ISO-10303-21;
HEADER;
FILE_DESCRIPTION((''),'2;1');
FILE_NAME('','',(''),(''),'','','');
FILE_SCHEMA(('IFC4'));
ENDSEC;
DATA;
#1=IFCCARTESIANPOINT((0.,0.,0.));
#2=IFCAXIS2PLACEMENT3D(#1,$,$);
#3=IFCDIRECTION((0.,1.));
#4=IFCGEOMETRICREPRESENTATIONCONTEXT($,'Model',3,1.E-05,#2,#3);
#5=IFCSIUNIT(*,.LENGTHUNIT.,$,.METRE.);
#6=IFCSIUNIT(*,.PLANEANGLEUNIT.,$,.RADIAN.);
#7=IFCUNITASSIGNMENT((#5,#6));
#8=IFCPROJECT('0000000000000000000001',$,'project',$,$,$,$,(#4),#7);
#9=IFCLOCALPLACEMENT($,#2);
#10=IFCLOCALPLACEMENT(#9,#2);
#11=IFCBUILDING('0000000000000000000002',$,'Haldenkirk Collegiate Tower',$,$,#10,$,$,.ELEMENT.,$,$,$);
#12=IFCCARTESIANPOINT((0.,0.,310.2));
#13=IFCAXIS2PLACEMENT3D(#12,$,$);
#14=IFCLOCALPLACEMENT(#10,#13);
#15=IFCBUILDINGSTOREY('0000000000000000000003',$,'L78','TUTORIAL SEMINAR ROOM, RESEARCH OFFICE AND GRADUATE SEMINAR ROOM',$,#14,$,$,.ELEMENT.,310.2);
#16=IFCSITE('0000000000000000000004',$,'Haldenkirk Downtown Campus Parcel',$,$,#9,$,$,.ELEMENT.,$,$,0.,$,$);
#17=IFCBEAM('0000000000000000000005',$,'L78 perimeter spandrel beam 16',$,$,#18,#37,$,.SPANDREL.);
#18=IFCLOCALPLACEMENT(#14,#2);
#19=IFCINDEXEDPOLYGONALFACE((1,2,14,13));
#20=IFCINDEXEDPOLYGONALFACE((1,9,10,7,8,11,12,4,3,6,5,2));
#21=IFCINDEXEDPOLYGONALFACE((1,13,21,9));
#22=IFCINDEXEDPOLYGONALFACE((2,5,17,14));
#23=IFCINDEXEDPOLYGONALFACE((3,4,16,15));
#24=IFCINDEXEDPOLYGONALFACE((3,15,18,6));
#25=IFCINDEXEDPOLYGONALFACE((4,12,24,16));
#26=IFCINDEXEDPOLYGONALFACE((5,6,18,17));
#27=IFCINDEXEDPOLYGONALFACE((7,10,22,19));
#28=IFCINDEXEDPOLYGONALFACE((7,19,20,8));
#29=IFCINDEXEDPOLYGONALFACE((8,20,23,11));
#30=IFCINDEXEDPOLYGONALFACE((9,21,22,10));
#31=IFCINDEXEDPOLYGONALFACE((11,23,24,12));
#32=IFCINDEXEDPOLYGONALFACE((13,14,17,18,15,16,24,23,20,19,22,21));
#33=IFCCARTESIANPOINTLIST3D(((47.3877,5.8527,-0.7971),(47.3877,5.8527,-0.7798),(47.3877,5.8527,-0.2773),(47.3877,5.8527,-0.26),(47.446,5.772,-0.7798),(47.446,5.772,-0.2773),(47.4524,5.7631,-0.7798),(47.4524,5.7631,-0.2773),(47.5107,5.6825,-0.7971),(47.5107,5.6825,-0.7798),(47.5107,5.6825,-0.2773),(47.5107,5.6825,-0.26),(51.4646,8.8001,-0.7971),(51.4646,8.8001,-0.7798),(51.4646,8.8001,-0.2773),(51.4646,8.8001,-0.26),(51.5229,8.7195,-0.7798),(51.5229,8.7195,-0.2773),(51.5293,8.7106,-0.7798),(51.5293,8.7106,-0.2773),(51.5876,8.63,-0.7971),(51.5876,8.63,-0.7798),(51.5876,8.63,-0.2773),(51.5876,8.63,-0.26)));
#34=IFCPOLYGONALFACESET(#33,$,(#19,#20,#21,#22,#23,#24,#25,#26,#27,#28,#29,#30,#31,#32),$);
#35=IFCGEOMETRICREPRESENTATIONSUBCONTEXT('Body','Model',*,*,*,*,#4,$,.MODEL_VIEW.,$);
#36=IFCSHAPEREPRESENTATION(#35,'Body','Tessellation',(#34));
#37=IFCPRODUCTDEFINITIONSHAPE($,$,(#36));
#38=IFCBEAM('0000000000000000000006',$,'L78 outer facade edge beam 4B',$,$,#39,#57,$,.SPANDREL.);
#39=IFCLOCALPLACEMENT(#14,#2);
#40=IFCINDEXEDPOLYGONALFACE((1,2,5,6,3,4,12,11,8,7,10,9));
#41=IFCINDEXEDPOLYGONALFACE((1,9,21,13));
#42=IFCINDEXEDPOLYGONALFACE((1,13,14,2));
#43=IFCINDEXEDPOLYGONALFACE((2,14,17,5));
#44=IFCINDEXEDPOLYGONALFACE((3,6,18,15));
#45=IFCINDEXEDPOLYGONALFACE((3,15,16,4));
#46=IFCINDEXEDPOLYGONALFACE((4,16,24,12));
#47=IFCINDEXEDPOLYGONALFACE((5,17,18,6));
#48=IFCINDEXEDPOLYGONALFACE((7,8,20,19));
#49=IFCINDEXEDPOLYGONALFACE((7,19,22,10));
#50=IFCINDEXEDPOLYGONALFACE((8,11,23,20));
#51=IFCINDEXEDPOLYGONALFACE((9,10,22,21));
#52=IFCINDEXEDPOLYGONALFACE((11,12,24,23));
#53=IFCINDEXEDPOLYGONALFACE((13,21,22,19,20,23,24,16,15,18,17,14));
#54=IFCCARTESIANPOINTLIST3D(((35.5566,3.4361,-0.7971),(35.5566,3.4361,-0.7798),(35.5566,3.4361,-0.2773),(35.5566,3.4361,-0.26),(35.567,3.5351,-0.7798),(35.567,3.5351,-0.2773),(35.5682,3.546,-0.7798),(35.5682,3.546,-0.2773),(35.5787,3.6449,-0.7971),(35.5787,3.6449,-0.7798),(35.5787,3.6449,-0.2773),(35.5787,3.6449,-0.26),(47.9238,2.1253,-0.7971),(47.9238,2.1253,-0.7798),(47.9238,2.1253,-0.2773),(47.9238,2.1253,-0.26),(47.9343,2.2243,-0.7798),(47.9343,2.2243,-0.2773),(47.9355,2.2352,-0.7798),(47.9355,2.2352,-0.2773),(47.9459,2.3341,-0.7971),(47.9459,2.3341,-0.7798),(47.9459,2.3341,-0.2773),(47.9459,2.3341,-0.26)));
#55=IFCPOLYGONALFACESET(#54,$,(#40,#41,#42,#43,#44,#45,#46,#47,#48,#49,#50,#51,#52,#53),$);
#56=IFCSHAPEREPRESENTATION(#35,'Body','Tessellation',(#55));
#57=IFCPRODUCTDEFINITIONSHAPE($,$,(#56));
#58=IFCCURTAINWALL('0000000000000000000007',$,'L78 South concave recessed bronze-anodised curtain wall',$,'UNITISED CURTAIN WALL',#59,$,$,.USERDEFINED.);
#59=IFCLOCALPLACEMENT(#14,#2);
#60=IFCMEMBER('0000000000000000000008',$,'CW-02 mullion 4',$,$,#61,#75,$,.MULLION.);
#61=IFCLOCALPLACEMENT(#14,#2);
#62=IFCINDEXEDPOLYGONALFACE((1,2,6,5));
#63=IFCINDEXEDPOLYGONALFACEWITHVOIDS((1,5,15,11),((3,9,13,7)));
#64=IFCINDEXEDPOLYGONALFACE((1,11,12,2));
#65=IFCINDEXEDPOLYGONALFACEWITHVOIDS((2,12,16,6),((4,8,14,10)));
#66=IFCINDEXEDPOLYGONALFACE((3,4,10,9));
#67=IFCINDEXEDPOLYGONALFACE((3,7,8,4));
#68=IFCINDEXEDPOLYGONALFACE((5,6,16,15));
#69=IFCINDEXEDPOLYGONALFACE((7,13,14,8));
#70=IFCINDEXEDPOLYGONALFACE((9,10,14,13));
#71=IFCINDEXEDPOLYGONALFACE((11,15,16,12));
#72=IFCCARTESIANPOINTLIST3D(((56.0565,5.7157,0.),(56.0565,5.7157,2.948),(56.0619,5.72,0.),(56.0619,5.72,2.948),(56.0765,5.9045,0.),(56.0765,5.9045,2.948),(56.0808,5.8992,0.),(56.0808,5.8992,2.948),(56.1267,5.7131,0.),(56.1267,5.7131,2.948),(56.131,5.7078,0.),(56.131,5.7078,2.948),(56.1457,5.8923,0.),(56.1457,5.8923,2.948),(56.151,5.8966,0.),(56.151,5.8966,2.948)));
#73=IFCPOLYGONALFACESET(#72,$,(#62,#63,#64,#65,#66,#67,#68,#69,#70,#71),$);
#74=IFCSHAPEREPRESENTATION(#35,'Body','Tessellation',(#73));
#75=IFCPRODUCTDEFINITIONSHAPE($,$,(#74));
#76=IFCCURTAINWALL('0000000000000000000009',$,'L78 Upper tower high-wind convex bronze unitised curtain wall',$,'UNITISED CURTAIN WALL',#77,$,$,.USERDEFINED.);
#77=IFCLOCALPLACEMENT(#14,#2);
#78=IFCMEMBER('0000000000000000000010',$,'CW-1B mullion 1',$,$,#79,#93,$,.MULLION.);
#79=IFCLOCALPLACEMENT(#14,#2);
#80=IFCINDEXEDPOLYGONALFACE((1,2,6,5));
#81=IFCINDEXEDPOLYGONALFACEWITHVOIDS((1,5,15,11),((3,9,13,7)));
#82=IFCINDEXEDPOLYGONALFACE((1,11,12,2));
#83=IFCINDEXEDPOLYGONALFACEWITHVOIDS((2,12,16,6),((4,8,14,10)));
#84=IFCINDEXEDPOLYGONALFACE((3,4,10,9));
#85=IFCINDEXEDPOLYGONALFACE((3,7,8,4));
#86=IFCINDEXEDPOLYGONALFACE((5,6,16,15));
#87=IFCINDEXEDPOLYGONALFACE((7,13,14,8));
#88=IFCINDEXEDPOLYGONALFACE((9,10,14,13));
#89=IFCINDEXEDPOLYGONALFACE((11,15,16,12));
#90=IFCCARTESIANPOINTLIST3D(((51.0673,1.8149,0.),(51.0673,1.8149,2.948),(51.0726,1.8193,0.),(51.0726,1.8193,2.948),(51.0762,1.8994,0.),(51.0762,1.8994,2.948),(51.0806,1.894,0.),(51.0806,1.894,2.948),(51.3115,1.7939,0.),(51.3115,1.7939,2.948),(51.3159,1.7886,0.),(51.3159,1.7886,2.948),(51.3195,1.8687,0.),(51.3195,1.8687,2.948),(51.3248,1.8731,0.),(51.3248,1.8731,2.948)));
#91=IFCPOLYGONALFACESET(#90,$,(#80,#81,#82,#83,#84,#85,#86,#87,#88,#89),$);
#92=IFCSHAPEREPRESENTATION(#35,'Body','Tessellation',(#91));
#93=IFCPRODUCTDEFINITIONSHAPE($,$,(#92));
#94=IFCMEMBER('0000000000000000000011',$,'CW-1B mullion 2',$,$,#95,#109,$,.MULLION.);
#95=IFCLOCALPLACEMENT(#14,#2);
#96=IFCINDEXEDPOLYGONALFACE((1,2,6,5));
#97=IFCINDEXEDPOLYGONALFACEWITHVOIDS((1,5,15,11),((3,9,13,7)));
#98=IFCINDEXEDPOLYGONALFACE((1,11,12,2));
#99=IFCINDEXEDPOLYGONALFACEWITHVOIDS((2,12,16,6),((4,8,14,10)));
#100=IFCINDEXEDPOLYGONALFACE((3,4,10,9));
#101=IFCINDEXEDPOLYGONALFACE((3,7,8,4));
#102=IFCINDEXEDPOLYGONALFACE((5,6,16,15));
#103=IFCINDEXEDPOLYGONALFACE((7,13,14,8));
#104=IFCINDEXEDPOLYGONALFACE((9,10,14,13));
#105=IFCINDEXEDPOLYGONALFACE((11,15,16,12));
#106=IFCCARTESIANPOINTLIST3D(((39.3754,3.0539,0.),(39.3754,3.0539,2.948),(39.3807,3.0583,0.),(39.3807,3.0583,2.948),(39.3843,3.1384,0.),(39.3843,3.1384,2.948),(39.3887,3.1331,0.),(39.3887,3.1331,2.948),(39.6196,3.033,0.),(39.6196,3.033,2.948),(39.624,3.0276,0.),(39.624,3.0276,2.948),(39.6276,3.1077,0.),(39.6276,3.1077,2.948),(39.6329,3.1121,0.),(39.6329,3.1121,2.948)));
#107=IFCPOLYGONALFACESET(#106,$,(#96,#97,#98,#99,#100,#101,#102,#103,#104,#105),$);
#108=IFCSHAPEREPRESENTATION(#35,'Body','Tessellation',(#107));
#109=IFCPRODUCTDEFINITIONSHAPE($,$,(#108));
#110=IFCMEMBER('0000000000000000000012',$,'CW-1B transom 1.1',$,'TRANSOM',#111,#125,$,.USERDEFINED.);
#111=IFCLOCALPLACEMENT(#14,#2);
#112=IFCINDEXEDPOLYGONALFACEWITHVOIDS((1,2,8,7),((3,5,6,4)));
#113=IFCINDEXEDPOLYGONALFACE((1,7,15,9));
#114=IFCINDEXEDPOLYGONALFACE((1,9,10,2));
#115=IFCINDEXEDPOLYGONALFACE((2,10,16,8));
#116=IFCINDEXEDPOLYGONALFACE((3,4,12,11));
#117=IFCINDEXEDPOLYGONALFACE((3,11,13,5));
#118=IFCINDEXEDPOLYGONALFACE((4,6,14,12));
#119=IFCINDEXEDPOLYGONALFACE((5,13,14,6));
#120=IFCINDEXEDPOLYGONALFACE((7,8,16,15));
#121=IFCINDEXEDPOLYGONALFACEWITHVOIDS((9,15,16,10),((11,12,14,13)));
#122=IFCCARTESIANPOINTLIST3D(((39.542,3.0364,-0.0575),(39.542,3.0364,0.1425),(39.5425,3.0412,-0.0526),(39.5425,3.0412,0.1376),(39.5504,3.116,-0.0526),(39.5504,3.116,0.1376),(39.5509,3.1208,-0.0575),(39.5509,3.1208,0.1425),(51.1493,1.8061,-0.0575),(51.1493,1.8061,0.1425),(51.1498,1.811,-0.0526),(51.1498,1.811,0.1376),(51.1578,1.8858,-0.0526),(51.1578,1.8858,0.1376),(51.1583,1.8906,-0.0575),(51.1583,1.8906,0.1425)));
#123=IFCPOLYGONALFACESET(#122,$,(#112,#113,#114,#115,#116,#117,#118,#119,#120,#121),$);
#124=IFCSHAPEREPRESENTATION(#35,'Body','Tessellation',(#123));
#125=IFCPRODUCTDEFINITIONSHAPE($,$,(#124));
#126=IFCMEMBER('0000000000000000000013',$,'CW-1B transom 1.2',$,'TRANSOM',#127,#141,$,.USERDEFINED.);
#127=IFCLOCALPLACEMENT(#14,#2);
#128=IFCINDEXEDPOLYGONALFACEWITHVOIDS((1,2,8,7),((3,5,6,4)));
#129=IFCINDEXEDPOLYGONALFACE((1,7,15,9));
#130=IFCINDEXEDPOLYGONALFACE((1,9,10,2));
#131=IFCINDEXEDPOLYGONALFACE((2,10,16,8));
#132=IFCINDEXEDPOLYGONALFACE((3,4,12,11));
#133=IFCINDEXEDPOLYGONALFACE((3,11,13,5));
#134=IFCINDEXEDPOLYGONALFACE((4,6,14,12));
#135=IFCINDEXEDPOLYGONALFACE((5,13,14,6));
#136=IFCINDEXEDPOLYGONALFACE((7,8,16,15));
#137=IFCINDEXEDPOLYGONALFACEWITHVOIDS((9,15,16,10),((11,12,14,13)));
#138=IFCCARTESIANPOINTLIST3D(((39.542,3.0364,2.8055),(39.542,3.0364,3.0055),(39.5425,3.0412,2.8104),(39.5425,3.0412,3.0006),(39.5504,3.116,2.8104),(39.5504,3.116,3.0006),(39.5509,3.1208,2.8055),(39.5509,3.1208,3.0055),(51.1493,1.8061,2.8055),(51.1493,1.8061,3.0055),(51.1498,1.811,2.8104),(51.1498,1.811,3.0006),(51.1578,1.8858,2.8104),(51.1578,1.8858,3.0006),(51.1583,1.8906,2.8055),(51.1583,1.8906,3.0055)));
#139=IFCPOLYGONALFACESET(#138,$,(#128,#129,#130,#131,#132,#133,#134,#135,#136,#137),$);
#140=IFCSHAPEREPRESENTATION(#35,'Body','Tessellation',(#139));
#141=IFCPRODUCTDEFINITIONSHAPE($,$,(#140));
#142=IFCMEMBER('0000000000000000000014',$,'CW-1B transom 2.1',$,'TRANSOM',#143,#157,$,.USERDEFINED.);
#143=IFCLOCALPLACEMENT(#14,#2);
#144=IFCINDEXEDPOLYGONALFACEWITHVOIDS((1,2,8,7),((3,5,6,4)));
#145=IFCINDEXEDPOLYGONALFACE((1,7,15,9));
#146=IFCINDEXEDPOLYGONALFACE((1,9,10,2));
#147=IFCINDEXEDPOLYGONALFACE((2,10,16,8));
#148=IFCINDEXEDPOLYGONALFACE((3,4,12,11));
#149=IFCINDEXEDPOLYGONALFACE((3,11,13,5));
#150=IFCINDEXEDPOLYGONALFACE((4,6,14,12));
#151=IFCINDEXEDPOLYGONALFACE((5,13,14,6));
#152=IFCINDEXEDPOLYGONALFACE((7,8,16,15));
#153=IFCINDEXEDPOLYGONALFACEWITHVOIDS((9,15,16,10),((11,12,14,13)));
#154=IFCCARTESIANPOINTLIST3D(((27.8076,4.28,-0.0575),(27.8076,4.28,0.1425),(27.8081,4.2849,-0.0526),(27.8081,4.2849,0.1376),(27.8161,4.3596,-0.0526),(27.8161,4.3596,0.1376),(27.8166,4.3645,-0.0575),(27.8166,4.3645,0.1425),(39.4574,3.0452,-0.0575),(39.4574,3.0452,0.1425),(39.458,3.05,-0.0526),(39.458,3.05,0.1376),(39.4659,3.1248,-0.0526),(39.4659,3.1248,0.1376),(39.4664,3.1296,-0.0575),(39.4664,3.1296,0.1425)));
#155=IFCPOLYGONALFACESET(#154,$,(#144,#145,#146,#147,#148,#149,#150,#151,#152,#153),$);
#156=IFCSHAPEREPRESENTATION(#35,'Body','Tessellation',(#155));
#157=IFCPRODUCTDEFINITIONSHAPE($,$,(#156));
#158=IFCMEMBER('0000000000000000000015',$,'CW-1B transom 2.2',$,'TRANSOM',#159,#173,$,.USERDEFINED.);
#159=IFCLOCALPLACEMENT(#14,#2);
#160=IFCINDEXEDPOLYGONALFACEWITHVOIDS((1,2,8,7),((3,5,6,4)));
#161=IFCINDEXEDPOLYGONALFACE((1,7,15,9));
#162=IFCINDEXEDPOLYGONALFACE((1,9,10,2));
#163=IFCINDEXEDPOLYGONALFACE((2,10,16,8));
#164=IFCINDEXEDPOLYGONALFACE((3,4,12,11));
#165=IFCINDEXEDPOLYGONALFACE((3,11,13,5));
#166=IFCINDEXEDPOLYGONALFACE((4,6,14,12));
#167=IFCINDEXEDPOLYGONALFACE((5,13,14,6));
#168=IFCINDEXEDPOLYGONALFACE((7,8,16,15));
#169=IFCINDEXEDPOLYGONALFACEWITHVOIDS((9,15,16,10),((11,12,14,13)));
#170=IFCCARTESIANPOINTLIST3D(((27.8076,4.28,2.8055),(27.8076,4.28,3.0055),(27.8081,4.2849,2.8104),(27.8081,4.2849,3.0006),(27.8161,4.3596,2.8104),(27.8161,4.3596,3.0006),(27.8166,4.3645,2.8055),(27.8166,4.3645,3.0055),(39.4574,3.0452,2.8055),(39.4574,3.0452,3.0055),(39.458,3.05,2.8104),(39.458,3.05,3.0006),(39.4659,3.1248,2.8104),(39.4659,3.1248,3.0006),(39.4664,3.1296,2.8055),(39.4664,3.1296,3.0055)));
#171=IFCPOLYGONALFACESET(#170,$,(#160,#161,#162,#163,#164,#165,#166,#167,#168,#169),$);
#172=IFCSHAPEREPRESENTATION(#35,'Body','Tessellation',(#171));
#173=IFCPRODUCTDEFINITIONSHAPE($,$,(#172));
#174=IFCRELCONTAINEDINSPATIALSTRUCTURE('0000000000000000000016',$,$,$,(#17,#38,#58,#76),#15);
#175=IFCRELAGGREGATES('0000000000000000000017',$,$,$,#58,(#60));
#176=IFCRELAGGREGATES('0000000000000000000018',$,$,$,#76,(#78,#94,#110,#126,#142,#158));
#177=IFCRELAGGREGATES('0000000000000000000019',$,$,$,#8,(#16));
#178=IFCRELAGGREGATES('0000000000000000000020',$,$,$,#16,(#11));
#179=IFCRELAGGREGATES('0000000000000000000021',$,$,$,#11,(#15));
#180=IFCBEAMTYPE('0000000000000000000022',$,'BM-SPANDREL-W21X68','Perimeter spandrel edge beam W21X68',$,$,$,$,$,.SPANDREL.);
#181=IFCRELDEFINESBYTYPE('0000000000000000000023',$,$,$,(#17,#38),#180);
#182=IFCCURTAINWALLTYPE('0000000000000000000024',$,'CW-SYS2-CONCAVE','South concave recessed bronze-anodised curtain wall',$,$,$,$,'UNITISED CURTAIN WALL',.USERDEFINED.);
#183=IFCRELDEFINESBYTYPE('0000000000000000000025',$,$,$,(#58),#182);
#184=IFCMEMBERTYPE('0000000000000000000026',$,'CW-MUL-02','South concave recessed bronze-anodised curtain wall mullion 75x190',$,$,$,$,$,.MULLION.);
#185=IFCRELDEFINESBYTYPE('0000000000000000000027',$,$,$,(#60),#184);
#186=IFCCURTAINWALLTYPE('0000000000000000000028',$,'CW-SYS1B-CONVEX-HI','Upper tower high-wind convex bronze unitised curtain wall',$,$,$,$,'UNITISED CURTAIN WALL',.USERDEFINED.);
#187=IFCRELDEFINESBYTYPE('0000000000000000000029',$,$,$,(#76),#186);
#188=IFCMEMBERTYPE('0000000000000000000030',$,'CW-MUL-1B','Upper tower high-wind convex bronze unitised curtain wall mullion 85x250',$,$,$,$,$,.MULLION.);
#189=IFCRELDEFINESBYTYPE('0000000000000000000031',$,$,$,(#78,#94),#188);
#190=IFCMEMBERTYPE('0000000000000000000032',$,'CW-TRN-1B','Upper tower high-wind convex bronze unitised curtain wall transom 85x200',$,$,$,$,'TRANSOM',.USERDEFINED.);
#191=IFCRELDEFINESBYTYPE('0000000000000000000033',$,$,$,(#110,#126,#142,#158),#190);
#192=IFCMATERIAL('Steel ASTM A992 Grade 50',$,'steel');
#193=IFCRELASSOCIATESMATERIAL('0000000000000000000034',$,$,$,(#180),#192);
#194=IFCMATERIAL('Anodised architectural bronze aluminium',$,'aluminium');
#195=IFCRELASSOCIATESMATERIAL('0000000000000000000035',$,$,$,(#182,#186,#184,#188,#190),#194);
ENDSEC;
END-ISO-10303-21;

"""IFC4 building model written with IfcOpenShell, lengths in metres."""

from ifc_helpers import new_model, si_unit, direction, frame, origin, origin_2d, place, context, subcontext, project, spatial, hollow_rectangle, i_section, extrude, material, material_profile, profile_set, type_object, element, aggregate, save


model = new_model("IFC4")

# Units and contexts
model_context = context("Model", 3, precision=1e-05, world=origin(), true_north=direction((0.0, 1.0)))
body_context = subcontext(model_context, "Body", "Model", "MODEL_VIEW")
ifc_project = project(units=[si_unit("LENGTHUNIT", "METRE"), si_unit("PLANEANGLEUNIT", "RADIAN")], contexts=[model_context])

# Site, building, storey
site_placement = place(None, origin())
site = spatial("IfcSite", under=ifc_project, at=site_placement, Name="Haldenkirk Downtown Campus Parcel", CompositionType="ELEMENT", RefElevation=0.0)
building_placement = place(site_placement, origin())
building = spatial("IfcBuilding", under=site, at=building_placement, Name="Haldenkirk Collegiate Tower", CompositionType="ELEMENT")
storey_placement = place(building_placement, frame((0.0, 0.0, 310.2)))
storey = spatial("IfcBuildingStorey", under=building, at=storey_placement, Name="L78", Description="TUTORIAL SEMINAR ROOM, RESEARCH OFFICE AND GRADUATE SEMINAR ROOM", CompositionType="ELEMENT", Elevation=310.2)

# Beams
ifc_material_1 = material(Name="Steel ASTM A992 Grade 50", Category="steel")
ifc_material_profile_1 = material_profile(ifc_material_1, i_section(OverallWidth=0.21, OverallDepth=0.5371, WebThickness=0.011, FlangeThickness=0.0173, at=origin_2d()), Name="W21X68")
ifc_profile_set_1 = profile_set([ifc_material_profile_1], Name="Steel ASTM A992 Grade 50")
beam_type_1 = type_object("IfcBeamType", Name="BM-SPANDREL-W21X68", Description="Perimeter spandrel edge beam W21X68", PredefinedType="SPANDREL", material=ifc_profile_set_1)
beam_1_placement = place(storey_placement, frame((47.4492, 5.7676, -0.5286), z_axis=(0.810389, 0.585893, 0.0), x_axis=(-0.585893, 0.810389, 0.0)))
element("IfcBeam", 1, at=beam_1_placement, inside=storey, type_object=beam_type_1, Name="L78 perimeter spandrel beam 16", PredefinedType="SPANDREL", context=body_context, shape_type="SweptSolid", body=[
    extrude(i_section(OverallWidth=0.21, OverallDepth=0.5371, WebThickness=0.011, FlangeThickness=0.0173, at=origin_2d()), origin(), (0.0, 0.0, 1.0), 5.0308),
])
beam_2_placement = place(storey_placement, frame((35.5676, 3.5405, -0.5286), z_axis=(0.99443, -0.105399, 0.0), x_axis=(0.105399, 0.99443, 0.0)))
element("IfcBeam", 2, at=beam_2_placement, inside=storey, type_object=beam_type_1, Name="L78 outer facade edge beam 4B", PredefinedType="SPANDREL", context=body_context, shape_type="SweptSolid", body=[
    extrude(i_section(OverallWidth=0.21, OverallDepth=0.5371, WebThickness=0.011, FlangeThickness=0.0173, at=origin_2d()), origin(), (0.0, 0.0, 1.0), 12.4365),
])

# Curtain wall, member
ifc_material_2 = material(Name="Anodised architectural bronze aluminium", Category="aluminium")
curtain_wall_type_1 = type_object("IfcCurtainWallType", Name="CW-SYS2-CONCAVE", Description="South concave recessed bronze-anodised curtain wall", ElementType="UNITISED CURTAIN WALL", PredefinedType="USERDEFINED", material=ifc_material_2)
curtain_wall_1_placement = place(storey_placement, origin())
curtain_wall_1 = element("IfcCurtainWall", 3, at=curtain_wall_1_placement, inside=storey, type_object=curtain_wall_type_1, Name="L78 South concave recessed bronze-anodised curtain wall", ObjectType="UNITISED CURTAIN WALL", PredefinedType="USERDEFINED")
ifc_material_profile_2 = material_profile(ifc_material_2, hollow_rectangle(XDim=0.075, YDim=0.1899, WallThickness=0.0049, at=origin_2d()), Name="CW-MUL-02")
ifc_profile_set_2 = profile_set([ifc_material_profile_2], Name="Anodised architectural bronze aluminium")
member_type_1 = type_object("IfcMemberType", Name="CW-MUL-02", Description="South concave recessed bronze-anodised curtain wall mullion 75x190", PredefinedType="MULLION", material=ifc_profile_set_2)
member_1_placement = place(storey_placement, frame((56.1038, 5.8062, 0.0), z_axis=(0.0, 0.0, 1.0), x_axis=(0.99443, -0.105394, 0.0)))
member_1 = element("IfcMember", 4, at=member_1_placement, type_object=member_type_1, Name="CW-02 mullion 4", PredefinedType="MULLION", context=body_context, shape_type="SweptSolid", body=[
    extrude(hollow_rectangle(XDim=0.075, YDim=0.1899, WallThickness=0.0049, at=origin_2d()), origin(), (0.0, 0.0, 1.0), 2.948),
])
aggregate(curtain_wall_1, [member_1])

# Curtain wall, members
curtain_wall_type_2 = type_object("IfcCurtainWallType", Name="CW-SYS1B-CONVEX-HI", Description="Upper tower high-wind convex bronze unitised curtain wall", ElementType="UNITISED CURTAIN WALL", PredefinedType="USERDEFINED", material=ifc_material_2)
curtain_wall_2_placement = place(storey_placement, origin())
curtain_wall_2 = element("IfcCurtainWall", 5, at=curtain_wall_2_placement, inside=storey, type_object=curtain_wall_type_2, Name="L78 Upper tower high-wind convex bronze unitised curtain wall", ObjectType="UNITISED CURTAIN WALL", PredefinedType="USERDEFINED")
ifc_material_profile_3 = material_profile(ifc_material_2, hollow_rectangle(XDim=0.085, YDim=0.25, WallThickness=0.0049, at=origin_2d()), Name="CW-MUL-1B")
ifc_profile_set_3 = profile_set([ifc_material_profile_3], Name="Anodised architectural bronze aluminium")
member_type_2 = type_object("IfcMemberType", Name="CW-MUL-1B", Description="Upper tower high-wind convex bronze unitised curtain wall mullion 85x250", PredefinedType="MULLION", material=ifc_profile_set_3)
member_2_placement = place(storey_placement, frame((51.196, 1.844, 0.0), z_axis=(0.0, 0.0, 1.0), x_axis=(-0.105393, -0.994431, 0.0)))
member_2 = element("IfcMember", 6, at=member_2_placement, type_object=member_type_2, Name="CW-1B mullion 1", PredefinedType="MULLION", context=body_context, shape_type="SweptSolid", body=[
    extrude(hollow_rectangle(XDim=0.085, YDim=0.25, WallThickness=0.0049, at=origin_2d()), origin(), (0.0, 0.0, 1.0), 2.948),
])
member_3_placement = place(storey_placement, frame((39.5042, 3.083, 0.0), z_axis=(0.0, 0.0, 1.0), x_axis=(-0.105393, -0.994431, 0.0)))
member_3 = element("IfcMember", 7, at=member_3_placement, type_object=member_type_2, Name="CW-1B mullion 2", PredefinedType="MULLION", context=body_context, shape_type="SweptSolid", body=[
    extrude(hollow_rectangle(XDim=0.085, YDim=0.25, WallThickness=0.0049, at=origin_2d()), origin(), (0.0, 0.0, 1.0), 2.948),
])
ifc_material_profile_4 = material_profile(ifc_material_2, hollow_rectangle(XDim=0.085, YDim=0.2, WallThickness=0.0049, at=origin_2d()), Name="CW-TRN-1B")
ifc_profile_set_4 = profile_set([ifc_material_profile_4], Name="Anodised architectural bronze aluminium")
member_type_3 = type_object("IfcMemberType", Name="CW-TRN-1B", Description="Upper tower high-wind convex bronze unitised curtain wall transom 85x200", ElementType="TRANSOM", PredefinedType="USERDEFINED", material=ifc_profile_set_4)
member_4_placement = place(storey_placement, frame((51.1538, 1.8484, 0.0425), z_axis=(-0.99443, 0.105396, 0.0), x_axis=(-0.105396, -0.99443, 0.0)))
member_4 = element("IfcMember", 8, at=member_4_placement, type_object=member_type_3, Name="CW-1B transom 1.1", ObjectType="TRANSOM", PredefinedType="USERDEFINED", context=body_context, shape_type="SweptSolid", body=[
    extrude(hollow_rectangle(XDim=0.085, YDim=0.2, WallThickness=0.0049, at=origin_2d()), origin(), (0.0, 0.0, 1.0), 11.6724),
])
member_5_placement = place(storey_placement, frame((51.1538, 1.8484, 2.9055), z_axis=(-0.99443, 0.105396, 0.0), x_axis=(-0.105396, -0.99443, 0.0)))
member_5 = element("IfcMember", 9, at=member_5_placement, type_object=member_type_3, Name="CW-1B transom 1.2", ObjectType="TRANSOM", PredefinedType="USERDEFINED", context=body_context, shape_type="SweptSolid", body=[
    extrude(hollow_rectangle(XDim=0.085, YDim=0.2, WallThickness=0.0049, at=origin_2d()), origin(), (0.0, 0.0, 1.0), 11.6724),
])
member_6_placement = place(storey_placement, frame((39.4619, 3.0874, 0.0425), z_axis=(-0.994429, 0.105407, 0.0), x_axis=(-0.105407, -0.994429, 0.0)))
member_6 = element("IfcMember", 10, at=member_6_placement, type_object=member_type_3, Name="CW-1B transom 2.1", ObjectType="TRANSOM", PredefinedType="USERDEFINED", context=body_context, shape_type="SweptSolid", body=[
    extrude(hollow_rectangle(XDim=0.085, YDim=0.2, WallThickness=0.0049, at=origin_2d()), origin(), (0.0, 0.0, 1.0), 11.7151),
])
member_7_placement = place(storey_placement, frame((39.4619, 3.0874, 2.9055), z_axis=(-0.994429, 0.105407, 0.0), x_axis=(-0.105407, -0.994429, 0.0)))
member_7 = element("IfcMember", 11, at=member_7_placement, type_object=member_type_3, Name="CW-1B transom 2.2", ObjectType="TRANSOM", PredefinedType="USERDEFINED", context=body_context, shape_type="SweptSolid", body=[
    extrude(hollow_rectangle(XDim=0.085, YDim=0.2, WallThickness=0.0049, at=origin_2d()), origin(), (0.0, 0.0, 1.0), 11.7151),
])

aggregate(curtain_wall_2, [member_2, member_3, member_4, member_5, member_6, member_7])

save(model, "model.ifc")
